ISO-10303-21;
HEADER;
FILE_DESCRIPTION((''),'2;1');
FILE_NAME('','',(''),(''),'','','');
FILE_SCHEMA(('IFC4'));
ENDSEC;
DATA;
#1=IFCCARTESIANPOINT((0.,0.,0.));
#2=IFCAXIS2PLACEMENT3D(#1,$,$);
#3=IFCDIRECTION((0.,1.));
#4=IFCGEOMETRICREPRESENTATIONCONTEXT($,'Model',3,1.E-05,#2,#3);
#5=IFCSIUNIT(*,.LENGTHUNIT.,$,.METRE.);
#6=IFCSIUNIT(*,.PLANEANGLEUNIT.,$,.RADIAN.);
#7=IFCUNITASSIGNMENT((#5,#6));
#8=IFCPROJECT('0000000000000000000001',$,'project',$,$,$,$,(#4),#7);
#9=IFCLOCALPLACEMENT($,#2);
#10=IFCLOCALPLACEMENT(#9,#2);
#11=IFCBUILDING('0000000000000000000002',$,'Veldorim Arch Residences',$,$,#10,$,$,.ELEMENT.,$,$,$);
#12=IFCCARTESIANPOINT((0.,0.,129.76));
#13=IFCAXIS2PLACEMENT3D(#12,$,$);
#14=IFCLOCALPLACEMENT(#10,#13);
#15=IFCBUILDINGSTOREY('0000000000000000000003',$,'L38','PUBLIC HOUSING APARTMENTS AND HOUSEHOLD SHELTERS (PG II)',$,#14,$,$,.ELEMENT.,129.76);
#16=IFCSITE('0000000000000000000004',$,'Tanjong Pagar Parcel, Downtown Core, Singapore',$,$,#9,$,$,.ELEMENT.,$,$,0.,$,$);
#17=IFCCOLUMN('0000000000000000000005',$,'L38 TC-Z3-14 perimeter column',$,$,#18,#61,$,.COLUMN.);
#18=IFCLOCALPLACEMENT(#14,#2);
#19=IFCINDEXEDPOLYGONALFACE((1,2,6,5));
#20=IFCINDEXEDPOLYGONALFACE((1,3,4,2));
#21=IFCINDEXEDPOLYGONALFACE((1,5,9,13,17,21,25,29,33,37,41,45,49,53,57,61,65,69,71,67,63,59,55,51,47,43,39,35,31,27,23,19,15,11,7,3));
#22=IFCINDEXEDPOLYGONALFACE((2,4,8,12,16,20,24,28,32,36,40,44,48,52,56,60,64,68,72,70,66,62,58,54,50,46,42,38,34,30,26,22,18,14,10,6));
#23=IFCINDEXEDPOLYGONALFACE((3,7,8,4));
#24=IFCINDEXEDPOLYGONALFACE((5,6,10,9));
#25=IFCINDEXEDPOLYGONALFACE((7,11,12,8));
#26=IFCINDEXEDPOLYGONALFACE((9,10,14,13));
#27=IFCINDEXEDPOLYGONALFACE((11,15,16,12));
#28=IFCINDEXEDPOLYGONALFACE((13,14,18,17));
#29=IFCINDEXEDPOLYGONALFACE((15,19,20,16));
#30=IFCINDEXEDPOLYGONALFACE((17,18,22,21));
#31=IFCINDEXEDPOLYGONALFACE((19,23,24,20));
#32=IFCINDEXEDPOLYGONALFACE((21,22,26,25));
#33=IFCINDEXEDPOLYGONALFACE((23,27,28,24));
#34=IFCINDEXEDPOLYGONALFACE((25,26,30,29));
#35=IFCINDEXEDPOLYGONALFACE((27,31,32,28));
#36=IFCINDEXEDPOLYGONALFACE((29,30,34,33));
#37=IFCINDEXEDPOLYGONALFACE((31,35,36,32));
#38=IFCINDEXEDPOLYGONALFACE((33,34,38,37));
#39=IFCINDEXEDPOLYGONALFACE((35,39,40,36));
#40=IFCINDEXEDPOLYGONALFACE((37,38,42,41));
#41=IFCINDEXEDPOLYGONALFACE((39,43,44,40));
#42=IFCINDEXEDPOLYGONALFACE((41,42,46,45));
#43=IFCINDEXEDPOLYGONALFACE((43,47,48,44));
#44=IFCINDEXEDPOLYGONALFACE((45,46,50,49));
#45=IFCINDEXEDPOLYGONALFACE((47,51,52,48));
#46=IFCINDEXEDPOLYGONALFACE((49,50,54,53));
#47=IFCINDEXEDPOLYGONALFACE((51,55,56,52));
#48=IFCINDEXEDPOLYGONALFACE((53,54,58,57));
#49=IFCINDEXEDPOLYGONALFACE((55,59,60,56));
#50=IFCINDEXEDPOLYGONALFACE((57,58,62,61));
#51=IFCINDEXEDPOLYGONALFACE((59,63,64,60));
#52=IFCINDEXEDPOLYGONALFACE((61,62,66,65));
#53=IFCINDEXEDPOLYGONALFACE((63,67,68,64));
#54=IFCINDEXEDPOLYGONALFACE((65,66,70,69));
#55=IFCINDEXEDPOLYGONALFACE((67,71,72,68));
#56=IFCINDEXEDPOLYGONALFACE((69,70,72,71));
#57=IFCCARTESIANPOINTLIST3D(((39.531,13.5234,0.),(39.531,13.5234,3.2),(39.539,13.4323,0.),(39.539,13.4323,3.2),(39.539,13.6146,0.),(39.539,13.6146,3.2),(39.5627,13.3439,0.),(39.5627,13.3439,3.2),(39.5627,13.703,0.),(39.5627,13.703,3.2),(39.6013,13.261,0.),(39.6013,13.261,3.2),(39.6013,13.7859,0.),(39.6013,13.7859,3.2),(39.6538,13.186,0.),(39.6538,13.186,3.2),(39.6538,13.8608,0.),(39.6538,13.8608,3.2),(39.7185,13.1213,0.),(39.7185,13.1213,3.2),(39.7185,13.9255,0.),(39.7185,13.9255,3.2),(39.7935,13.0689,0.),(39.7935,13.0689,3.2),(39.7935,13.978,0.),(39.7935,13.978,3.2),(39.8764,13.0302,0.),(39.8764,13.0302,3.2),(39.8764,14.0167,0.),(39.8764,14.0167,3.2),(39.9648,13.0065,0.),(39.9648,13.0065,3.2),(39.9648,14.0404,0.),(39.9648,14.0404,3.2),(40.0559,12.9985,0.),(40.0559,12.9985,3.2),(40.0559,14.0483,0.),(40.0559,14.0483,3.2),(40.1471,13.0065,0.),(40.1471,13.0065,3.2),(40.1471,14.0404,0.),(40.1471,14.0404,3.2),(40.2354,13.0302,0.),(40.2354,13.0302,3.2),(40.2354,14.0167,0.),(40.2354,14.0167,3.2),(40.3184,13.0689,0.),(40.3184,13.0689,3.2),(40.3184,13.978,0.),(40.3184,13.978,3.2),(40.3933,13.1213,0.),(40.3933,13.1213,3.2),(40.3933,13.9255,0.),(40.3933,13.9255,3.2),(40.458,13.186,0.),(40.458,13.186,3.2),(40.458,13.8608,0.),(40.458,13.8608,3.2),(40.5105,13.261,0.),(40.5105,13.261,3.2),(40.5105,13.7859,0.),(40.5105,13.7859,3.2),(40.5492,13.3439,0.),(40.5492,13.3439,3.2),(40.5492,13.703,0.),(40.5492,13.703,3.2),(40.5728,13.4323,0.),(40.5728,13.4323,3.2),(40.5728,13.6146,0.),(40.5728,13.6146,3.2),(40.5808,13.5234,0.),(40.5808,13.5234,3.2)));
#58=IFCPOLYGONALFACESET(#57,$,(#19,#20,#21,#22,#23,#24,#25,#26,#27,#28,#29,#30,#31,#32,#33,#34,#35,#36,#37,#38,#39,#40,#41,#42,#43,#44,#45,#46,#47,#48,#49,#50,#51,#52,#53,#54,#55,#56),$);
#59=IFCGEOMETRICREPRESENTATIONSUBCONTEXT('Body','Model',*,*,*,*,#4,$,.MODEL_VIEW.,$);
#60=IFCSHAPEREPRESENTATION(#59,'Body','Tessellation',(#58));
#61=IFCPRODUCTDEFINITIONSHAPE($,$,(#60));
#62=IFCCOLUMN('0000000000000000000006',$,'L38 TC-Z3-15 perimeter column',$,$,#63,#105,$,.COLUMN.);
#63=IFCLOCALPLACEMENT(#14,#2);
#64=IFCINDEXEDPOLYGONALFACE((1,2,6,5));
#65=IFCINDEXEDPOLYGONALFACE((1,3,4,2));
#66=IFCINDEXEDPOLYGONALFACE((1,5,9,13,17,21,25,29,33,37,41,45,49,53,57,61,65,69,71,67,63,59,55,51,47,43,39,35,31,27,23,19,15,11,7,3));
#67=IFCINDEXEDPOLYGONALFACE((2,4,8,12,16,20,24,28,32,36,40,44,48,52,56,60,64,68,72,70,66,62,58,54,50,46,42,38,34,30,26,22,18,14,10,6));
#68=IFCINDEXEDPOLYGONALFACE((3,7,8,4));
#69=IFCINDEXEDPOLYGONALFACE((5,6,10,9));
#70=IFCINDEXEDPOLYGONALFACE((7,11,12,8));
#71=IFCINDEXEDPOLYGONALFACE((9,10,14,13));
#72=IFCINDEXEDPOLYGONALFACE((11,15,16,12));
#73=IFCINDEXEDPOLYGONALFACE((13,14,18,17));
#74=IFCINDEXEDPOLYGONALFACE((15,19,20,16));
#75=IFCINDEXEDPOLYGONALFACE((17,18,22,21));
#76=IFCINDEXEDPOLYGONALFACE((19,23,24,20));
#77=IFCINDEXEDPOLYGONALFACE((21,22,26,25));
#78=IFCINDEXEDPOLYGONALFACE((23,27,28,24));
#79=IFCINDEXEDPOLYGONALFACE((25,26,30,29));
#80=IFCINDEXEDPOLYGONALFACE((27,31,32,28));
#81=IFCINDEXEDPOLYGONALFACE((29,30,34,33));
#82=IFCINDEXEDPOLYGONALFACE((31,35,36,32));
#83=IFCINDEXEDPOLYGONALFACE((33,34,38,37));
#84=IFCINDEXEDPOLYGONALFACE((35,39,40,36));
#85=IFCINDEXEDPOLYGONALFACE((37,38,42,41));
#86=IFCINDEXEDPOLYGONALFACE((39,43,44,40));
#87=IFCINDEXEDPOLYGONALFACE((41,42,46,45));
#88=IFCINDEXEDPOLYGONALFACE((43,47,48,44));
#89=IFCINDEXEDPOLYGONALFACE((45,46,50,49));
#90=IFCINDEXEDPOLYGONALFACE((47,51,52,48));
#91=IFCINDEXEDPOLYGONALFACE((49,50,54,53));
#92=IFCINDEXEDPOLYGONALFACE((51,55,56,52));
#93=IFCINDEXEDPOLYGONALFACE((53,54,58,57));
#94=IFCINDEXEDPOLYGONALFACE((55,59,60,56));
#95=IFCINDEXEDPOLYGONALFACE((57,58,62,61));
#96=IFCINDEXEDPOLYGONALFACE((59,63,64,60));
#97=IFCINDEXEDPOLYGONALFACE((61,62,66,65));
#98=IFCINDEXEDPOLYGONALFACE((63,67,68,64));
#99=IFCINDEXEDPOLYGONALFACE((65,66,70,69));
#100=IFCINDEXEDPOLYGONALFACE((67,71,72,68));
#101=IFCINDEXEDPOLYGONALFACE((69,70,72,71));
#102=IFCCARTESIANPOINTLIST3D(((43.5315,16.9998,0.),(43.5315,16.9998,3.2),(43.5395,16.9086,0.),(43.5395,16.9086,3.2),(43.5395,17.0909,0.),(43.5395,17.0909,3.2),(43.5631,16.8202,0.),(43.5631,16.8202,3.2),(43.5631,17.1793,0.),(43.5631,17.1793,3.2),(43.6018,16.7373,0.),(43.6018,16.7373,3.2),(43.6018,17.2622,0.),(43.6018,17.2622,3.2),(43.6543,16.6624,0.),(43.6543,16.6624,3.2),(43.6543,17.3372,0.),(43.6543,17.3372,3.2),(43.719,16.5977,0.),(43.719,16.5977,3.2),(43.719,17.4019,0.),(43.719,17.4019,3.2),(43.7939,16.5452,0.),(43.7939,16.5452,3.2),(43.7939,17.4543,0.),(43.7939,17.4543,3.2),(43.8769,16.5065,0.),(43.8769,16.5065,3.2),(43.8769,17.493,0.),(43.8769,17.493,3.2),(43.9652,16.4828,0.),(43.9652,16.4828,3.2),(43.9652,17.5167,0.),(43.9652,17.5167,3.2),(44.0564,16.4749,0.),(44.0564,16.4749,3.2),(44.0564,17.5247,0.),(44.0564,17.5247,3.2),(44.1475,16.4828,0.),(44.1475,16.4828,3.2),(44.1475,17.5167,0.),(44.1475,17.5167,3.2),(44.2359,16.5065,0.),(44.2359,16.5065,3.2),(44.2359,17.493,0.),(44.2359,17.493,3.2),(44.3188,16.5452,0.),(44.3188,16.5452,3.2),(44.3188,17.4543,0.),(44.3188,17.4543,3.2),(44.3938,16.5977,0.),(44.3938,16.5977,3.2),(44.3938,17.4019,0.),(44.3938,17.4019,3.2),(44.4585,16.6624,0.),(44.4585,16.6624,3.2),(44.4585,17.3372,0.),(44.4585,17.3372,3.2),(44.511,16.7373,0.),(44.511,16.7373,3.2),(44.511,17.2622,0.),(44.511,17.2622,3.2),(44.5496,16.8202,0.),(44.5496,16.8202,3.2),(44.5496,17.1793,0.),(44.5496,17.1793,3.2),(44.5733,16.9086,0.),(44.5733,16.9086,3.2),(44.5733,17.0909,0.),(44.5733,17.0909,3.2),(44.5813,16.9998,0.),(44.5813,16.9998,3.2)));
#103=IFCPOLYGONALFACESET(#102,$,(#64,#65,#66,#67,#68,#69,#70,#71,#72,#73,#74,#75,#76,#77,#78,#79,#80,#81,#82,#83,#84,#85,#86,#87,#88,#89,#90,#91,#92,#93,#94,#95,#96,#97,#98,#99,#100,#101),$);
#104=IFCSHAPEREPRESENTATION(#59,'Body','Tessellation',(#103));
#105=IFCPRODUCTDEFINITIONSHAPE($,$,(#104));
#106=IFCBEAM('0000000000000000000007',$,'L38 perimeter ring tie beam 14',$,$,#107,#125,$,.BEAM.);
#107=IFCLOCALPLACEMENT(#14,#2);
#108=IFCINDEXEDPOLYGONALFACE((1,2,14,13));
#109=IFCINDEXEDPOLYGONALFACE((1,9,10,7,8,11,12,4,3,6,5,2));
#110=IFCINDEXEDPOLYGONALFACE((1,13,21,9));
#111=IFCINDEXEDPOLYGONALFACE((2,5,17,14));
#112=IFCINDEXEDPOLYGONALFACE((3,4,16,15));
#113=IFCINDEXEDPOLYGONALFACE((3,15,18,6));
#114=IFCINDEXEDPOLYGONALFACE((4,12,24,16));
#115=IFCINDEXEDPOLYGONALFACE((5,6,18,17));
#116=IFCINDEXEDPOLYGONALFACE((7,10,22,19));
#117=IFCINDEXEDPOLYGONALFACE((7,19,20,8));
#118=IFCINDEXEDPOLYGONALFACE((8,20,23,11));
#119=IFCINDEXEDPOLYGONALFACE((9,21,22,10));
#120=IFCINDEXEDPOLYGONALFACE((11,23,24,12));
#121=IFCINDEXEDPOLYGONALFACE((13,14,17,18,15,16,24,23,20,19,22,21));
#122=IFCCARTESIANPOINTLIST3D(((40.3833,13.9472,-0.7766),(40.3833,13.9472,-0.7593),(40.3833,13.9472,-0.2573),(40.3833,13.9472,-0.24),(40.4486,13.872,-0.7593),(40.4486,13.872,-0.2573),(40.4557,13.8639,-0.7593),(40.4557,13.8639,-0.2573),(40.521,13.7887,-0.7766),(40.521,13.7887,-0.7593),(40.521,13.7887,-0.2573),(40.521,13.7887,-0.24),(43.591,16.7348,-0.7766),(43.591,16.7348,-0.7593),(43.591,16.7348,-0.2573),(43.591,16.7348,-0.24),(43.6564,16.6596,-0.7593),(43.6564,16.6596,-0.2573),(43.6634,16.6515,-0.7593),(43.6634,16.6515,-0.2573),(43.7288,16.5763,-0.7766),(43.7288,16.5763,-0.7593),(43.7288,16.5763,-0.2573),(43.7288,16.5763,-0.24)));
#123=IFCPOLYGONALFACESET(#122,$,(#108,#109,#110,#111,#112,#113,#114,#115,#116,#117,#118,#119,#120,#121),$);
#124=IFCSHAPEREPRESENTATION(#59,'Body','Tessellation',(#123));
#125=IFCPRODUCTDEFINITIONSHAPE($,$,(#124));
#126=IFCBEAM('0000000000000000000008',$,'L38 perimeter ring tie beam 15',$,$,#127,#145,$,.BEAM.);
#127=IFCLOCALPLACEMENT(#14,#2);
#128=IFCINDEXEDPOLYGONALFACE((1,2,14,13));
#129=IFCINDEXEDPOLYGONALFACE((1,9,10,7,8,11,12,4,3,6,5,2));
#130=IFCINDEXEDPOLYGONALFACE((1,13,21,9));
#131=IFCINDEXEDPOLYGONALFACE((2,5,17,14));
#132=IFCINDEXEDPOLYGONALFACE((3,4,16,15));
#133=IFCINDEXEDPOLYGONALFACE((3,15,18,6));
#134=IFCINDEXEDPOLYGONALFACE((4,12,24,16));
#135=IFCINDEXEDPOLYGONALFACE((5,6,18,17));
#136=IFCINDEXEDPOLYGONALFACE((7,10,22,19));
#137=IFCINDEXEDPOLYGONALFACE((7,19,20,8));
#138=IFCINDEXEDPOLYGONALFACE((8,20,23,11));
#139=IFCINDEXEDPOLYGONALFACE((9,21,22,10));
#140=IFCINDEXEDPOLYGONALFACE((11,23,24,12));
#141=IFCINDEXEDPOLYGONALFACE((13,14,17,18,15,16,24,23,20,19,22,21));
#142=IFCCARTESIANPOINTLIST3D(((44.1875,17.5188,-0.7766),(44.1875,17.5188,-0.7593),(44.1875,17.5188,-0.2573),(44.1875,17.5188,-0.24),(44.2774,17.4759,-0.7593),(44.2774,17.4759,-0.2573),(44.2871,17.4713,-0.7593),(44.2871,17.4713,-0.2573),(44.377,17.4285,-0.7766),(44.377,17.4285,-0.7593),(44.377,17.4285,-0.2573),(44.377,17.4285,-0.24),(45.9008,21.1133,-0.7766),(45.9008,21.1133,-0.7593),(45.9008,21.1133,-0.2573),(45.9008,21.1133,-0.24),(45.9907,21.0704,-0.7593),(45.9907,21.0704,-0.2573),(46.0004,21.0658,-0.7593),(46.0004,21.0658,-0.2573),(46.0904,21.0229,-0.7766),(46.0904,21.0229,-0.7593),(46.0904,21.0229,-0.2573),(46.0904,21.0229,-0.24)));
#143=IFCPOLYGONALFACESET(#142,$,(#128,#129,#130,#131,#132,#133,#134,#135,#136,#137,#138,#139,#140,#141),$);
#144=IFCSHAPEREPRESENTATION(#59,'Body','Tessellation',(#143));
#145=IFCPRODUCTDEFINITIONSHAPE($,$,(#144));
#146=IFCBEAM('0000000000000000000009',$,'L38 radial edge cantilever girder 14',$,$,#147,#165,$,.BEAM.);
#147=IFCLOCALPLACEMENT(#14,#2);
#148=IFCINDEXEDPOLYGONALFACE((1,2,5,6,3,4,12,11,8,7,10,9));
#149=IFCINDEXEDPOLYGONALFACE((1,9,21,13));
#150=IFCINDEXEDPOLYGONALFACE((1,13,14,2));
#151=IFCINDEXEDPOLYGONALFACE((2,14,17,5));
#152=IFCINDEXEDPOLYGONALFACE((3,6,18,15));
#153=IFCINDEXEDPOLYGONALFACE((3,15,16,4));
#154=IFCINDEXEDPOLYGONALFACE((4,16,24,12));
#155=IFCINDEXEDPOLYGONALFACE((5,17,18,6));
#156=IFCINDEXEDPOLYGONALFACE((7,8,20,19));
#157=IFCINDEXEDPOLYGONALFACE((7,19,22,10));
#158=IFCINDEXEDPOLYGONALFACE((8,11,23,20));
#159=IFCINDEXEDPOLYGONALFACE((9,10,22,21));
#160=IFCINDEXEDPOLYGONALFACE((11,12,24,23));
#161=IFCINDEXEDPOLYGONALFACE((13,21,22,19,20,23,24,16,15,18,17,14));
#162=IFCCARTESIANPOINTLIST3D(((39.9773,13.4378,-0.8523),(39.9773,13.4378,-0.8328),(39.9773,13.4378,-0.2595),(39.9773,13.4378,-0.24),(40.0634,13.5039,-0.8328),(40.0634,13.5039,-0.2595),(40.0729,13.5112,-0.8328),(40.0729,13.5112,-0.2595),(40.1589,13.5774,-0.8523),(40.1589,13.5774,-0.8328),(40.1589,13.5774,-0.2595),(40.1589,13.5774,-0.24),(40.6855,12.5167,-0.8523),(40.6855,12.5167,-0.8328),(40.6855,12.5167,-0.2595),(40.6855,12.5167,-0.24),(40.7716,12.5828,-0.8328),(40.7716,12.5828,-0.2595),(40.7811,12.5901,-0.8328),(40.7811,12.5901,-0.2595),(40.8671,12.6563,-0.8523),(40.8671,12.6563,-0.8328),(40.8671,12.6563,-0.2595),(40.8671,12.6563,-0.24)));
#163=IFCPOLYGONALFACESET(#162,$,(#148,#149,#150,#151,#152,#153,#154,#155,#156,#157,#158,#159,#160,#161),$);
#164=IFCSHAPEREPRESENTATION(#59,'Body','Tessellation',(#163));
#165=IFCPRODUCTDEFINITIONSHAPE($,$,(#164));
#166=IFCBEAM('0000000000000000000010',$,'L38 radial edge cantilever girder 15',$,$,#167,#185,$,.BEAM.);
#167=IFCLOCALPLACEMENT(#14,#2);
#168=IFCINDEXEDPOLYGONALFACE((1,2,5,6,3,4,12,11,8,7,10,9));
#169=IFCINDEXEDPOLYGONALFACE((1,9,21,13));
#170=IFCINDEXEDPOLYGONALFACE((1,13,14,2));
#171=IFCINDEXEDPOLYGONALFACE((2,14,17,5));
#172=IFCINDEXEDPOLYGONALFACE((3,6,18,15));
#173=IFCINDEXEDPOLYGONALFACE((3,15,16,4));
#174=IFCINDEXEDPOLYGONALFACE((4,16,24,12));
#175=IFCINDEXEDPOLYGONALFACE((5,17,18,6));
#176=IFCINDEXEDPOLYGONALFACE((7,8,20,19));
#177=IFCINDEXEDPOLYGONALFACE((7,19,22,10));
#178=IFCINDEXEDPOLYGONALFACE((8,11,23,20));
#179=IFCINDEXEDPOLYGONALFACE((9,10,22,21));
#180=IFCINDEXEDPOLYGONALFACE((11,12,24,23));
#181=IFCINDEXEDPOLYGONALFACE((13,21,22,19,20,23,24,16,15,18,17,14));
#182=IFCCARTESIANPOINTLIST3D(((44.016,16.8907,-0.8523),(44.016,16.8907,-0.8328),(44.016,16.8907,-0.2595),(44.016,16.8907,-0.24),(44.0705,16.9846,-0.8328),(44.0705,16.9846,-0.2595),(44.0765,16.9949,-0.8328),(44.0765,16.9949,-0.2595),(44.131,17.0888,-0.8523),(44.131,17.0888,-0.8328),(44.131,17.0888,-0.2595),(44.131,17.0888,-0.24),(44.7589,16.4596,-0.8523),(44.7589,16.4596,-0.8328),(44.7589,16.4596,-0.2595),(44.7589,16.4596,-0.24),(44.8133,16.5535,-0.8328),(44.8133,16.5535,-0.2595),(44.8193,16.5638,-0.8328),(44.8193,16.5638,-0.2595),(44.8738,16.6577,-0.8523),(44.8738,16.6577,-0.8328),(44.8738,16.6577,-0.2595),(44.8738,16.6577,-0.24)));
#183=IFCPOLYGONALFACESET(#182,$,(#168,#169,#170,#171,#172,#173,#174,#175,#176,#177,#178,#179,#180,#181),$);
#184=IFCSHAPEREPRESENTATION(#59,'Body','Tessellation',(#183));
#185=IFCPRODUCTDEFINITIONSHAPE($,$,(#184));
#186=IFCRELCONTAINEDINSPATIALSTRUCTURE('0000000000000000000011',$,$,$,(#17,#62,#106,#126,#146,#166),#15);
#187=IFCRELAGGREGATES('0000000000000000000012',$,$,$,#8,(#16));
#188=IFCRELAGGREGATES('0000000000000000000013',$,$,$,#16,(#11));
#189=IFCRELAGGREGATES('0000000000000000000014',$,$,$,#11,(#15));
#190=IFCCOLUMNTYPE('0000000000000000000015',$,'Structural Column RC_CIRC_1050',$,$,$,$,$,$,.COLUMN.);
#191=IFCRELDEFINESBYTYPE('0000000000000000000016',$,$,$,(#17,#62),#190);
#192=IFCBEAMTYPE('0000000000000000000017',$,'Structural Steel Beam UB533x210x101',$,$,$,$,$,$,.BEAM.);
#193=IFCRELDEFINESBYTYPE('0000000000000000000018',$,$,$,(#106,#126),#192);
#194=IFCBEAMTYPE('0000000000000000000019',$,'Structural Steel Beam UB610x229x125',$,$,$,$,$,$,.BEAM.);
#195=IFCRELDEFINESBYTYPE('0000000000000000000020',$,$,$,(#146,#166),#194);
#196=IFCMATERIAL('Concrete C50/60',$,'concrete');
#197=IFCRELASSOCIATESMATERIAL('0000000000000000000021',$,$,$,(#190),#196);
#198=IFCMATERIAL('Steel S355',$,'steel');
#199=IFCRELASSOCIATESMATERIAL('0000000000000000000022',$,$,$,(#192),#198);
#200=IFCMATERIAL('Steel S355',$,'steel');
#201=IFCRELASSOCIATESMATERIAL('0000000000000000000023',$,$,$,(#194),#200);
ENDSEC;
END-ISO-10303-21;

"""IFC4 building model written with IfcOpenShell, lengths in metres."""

from ifc_helpers import new_model, si_unit, direction, frame, origin, origin_2d, place, context, subcontext, project, spatial, circle, i_section, extrude, material, material_profile, profile_set, type_object, element, save


model = new_model("IFC4")

# Units and contexts
model_context = context("Model", 3, precision=1e-05, world=origin(), true_north=direction((0.0, 1.0)))
body_context = subcontext(model_context, "Body", "Model", "MODEL_VIEW")
ifc_project = project(units=[si_unit("LENGTHUNIT", "METRE"), si_unit("PLANEANGLEUNIT", "RADIAN")], contexts=[model_context])

# Site, building, storey
site_placement = place(None, origin())
site = spatial("IfcSite", under=ifc_project, at=site_placement, Name="Tanjong Pagar Parcel, Downtown Core, Singapore", CompositionType="ELEMENT", RefElevation=0.0)
building_placement = place(site_placement, origin())
building = spatial("IfcBuilding", under=site, at=building_placement, Name="Veldorim Arch Residences", CompositionType="ELEMENT")
storey_placement = place(building_placement, frame((0.0, 0.0, 129.76)))
storey = spatial("IfcBuildingStorey", under=building, at=storey_placement, Name="L38", Description="PUBLIC HOUSING APARTMENTS AND HOUSEHOLD SHELTERS (PG II)", CompositionType="ELEMENT", Elevation=129.76)

# Columns
ifc_material_1 = material(Name="Concrete C50/60", Category="concrete")
ifc_material_profile_1 = material_profile(ifc_material_1, circle(Radius=0.5249, at=origin_2d()), Name="RC_CIRC_1050")
ifc_profile_set_1 = profile_set([ifc_material_profile_1], Name="Concrete C50/60")
column_type = type_object("IfcColumnType", Name="Structural Column RC_CIRC_1050", PredefinedType="COLUMN", material=ifc_profile_set_1)
for number, where, z_axis, x_axis, name in (
    (1, (40.0559, 13.5234, 0.0), (0.0, 0.0, 1.0), (1.0, 0.0, 0.0), "L38 TC-Z3-14 perimeter column"),
    (2, (44.0564, 16.9998, 0.0), (0.0, 0.0, 1.0), (1.0, 0.0, 0.0), "L38 TC-Z3-15 perimeter column"),
):
    element("IfcColumn", number, at=place(storey_placement, frame(where, z_axis=z_axis, x_axis=x_axis)), inside=storey, type_object=column_type, Name=name, PredefinedType="COLUMN", context=body_context, shape_type="SweptSolid", body=[
        extrude(circle(Radius=0.5249, at=origin_2d()), origin(), (0.0, 0.0, 1.0), 3.2),
    ])

# Beams
ifc_material_2 = material(Name="Steel S355", Category="steel")
ifc_material_profile_2 = material_profile(ifc_material_2, i_section(OverallWidth=0.21, OverallDepth=0.5366, WebThickness=0.0107, FlangeThickness=0.0173, at=origin_2d()), Name="UB533x210x101")
ifc_profile_set_2 = profile_set([ifc_material_profile_2], Name="Steel S355")
beam_type_1 = type_object("IfcBeamType", Name="Structural Steel Beam UB533x210x101", PredefinedType="BEAM", material=ifc_profile_set_2)
beam_1_placement = place(storey_placement, frame((40.4521, 13.8679, -0.5083), z_axis=(0.754811, 0.655943, 0.0), x_axis=(-0.655943, 0.754811, 0.0)))
element("IfcBeam", 3, at=beam_1_placement, inside=storey, type_object=beam_type_1, Name="L38 perimeter ring tie beam 14", PredefinedType="BEAM", context=body_context, shape_type="SweptSolid", body=[
    extrude(i_section(OverallWidth=0.21, OverallDepth=0.5366, WebThickness=0.0107, FlangeThickness=0.0173, at=origin_2d()), origin(), (0.0, 0.0, 1.0), 4.2498),
])
beam_2_placement = place(storey_placement, frame((44.2822, 17.4736, -0.5083), z_axis=(0.430286, 0.902693, 0.0), x_axis=(-0.902693, 0.430286, 0.0)))
element("IfcBeam", 4, at=beam_2_placement, inside=storey, type_object=beam_type_1, Name="L38 perimeter ring tie beam 15", PredefinedType="BEAM", context=body_context, shape_type="SweptSolid", body=[
    extrude(i_section(OverallWidth=0.21, OverallDepth=0.5366, WebThickness=0.0107, FlangeThickness=0.0173, at=origin_2d()), origin(), (0.0, 0.0, 1.0), 3.9819),
])
ifc_material_3 = material(Name="Steel S355", Category="steel")
ifc_material_profile_3 = material_profile(ifc_material_3, i_section(OverallWidth=0.229, OverallDepth=0.6123, WebThickness=0.012, FlangeThickness=0.0195, at=origin_2d()), Name="UB610x229x125")
ifc_profile_set_3 = profile_set([ifc_material_profile_3], Name="Steel S355")
beam_type_2 = type_object("IfcBeamType", Name="Structural Steel Beam UB610x229x125", PredefinedType="BEAM", material=ifc_profile_set_3)
beam_3_placement = place(storey_placement, frame((40.0681, 13.5076, -0.5461), z_axis=(0.609538, -0.792757, 0.0), x_axis=(0.792757, 0.609538, 0.0)))
element("IfcBeam", 5, at=beam_3_placement, inside=storey, type_object=beam_type_2, Name="L38 radial edge cantilever girder 14", PredefinedType="BEAM", context=body_context, shape_type="SweptSolid", body=[
    extrude(i_section(OverallWidth=0.229, OverallDepth=0.6123, WebThickness=0.012, FlangeThickness=0.0195, at=origin_2d()), origin(), (0.0, 0.0, 1.0), 1.1619),
])
beam_4_placement = place(storey_placement, frame((44.0735, 16.9897, -0.5461), z_axis=(0.8649, -0.501944, 0.0), x_axis=(0.501944, 0.8649, 0.0)))
element("IfcBeam", 6, at=beam_4_placement, inside=storey, type_object=beam_type_2, Name="L38 radial edge cantilever girder 15", PredefinedType="BEAM", context=body_context, shape_type="SweptSolid", body=[
    extrude(i_section(OverallWidth=0.229, OverallDepth=0.6123, WebThickness=0.012, FlangeThickness=0.0195, at=origin_2d()), origin(), (0.0, 0.0, 1.0), 0.8589),
])

save(model, "model.ifc")
